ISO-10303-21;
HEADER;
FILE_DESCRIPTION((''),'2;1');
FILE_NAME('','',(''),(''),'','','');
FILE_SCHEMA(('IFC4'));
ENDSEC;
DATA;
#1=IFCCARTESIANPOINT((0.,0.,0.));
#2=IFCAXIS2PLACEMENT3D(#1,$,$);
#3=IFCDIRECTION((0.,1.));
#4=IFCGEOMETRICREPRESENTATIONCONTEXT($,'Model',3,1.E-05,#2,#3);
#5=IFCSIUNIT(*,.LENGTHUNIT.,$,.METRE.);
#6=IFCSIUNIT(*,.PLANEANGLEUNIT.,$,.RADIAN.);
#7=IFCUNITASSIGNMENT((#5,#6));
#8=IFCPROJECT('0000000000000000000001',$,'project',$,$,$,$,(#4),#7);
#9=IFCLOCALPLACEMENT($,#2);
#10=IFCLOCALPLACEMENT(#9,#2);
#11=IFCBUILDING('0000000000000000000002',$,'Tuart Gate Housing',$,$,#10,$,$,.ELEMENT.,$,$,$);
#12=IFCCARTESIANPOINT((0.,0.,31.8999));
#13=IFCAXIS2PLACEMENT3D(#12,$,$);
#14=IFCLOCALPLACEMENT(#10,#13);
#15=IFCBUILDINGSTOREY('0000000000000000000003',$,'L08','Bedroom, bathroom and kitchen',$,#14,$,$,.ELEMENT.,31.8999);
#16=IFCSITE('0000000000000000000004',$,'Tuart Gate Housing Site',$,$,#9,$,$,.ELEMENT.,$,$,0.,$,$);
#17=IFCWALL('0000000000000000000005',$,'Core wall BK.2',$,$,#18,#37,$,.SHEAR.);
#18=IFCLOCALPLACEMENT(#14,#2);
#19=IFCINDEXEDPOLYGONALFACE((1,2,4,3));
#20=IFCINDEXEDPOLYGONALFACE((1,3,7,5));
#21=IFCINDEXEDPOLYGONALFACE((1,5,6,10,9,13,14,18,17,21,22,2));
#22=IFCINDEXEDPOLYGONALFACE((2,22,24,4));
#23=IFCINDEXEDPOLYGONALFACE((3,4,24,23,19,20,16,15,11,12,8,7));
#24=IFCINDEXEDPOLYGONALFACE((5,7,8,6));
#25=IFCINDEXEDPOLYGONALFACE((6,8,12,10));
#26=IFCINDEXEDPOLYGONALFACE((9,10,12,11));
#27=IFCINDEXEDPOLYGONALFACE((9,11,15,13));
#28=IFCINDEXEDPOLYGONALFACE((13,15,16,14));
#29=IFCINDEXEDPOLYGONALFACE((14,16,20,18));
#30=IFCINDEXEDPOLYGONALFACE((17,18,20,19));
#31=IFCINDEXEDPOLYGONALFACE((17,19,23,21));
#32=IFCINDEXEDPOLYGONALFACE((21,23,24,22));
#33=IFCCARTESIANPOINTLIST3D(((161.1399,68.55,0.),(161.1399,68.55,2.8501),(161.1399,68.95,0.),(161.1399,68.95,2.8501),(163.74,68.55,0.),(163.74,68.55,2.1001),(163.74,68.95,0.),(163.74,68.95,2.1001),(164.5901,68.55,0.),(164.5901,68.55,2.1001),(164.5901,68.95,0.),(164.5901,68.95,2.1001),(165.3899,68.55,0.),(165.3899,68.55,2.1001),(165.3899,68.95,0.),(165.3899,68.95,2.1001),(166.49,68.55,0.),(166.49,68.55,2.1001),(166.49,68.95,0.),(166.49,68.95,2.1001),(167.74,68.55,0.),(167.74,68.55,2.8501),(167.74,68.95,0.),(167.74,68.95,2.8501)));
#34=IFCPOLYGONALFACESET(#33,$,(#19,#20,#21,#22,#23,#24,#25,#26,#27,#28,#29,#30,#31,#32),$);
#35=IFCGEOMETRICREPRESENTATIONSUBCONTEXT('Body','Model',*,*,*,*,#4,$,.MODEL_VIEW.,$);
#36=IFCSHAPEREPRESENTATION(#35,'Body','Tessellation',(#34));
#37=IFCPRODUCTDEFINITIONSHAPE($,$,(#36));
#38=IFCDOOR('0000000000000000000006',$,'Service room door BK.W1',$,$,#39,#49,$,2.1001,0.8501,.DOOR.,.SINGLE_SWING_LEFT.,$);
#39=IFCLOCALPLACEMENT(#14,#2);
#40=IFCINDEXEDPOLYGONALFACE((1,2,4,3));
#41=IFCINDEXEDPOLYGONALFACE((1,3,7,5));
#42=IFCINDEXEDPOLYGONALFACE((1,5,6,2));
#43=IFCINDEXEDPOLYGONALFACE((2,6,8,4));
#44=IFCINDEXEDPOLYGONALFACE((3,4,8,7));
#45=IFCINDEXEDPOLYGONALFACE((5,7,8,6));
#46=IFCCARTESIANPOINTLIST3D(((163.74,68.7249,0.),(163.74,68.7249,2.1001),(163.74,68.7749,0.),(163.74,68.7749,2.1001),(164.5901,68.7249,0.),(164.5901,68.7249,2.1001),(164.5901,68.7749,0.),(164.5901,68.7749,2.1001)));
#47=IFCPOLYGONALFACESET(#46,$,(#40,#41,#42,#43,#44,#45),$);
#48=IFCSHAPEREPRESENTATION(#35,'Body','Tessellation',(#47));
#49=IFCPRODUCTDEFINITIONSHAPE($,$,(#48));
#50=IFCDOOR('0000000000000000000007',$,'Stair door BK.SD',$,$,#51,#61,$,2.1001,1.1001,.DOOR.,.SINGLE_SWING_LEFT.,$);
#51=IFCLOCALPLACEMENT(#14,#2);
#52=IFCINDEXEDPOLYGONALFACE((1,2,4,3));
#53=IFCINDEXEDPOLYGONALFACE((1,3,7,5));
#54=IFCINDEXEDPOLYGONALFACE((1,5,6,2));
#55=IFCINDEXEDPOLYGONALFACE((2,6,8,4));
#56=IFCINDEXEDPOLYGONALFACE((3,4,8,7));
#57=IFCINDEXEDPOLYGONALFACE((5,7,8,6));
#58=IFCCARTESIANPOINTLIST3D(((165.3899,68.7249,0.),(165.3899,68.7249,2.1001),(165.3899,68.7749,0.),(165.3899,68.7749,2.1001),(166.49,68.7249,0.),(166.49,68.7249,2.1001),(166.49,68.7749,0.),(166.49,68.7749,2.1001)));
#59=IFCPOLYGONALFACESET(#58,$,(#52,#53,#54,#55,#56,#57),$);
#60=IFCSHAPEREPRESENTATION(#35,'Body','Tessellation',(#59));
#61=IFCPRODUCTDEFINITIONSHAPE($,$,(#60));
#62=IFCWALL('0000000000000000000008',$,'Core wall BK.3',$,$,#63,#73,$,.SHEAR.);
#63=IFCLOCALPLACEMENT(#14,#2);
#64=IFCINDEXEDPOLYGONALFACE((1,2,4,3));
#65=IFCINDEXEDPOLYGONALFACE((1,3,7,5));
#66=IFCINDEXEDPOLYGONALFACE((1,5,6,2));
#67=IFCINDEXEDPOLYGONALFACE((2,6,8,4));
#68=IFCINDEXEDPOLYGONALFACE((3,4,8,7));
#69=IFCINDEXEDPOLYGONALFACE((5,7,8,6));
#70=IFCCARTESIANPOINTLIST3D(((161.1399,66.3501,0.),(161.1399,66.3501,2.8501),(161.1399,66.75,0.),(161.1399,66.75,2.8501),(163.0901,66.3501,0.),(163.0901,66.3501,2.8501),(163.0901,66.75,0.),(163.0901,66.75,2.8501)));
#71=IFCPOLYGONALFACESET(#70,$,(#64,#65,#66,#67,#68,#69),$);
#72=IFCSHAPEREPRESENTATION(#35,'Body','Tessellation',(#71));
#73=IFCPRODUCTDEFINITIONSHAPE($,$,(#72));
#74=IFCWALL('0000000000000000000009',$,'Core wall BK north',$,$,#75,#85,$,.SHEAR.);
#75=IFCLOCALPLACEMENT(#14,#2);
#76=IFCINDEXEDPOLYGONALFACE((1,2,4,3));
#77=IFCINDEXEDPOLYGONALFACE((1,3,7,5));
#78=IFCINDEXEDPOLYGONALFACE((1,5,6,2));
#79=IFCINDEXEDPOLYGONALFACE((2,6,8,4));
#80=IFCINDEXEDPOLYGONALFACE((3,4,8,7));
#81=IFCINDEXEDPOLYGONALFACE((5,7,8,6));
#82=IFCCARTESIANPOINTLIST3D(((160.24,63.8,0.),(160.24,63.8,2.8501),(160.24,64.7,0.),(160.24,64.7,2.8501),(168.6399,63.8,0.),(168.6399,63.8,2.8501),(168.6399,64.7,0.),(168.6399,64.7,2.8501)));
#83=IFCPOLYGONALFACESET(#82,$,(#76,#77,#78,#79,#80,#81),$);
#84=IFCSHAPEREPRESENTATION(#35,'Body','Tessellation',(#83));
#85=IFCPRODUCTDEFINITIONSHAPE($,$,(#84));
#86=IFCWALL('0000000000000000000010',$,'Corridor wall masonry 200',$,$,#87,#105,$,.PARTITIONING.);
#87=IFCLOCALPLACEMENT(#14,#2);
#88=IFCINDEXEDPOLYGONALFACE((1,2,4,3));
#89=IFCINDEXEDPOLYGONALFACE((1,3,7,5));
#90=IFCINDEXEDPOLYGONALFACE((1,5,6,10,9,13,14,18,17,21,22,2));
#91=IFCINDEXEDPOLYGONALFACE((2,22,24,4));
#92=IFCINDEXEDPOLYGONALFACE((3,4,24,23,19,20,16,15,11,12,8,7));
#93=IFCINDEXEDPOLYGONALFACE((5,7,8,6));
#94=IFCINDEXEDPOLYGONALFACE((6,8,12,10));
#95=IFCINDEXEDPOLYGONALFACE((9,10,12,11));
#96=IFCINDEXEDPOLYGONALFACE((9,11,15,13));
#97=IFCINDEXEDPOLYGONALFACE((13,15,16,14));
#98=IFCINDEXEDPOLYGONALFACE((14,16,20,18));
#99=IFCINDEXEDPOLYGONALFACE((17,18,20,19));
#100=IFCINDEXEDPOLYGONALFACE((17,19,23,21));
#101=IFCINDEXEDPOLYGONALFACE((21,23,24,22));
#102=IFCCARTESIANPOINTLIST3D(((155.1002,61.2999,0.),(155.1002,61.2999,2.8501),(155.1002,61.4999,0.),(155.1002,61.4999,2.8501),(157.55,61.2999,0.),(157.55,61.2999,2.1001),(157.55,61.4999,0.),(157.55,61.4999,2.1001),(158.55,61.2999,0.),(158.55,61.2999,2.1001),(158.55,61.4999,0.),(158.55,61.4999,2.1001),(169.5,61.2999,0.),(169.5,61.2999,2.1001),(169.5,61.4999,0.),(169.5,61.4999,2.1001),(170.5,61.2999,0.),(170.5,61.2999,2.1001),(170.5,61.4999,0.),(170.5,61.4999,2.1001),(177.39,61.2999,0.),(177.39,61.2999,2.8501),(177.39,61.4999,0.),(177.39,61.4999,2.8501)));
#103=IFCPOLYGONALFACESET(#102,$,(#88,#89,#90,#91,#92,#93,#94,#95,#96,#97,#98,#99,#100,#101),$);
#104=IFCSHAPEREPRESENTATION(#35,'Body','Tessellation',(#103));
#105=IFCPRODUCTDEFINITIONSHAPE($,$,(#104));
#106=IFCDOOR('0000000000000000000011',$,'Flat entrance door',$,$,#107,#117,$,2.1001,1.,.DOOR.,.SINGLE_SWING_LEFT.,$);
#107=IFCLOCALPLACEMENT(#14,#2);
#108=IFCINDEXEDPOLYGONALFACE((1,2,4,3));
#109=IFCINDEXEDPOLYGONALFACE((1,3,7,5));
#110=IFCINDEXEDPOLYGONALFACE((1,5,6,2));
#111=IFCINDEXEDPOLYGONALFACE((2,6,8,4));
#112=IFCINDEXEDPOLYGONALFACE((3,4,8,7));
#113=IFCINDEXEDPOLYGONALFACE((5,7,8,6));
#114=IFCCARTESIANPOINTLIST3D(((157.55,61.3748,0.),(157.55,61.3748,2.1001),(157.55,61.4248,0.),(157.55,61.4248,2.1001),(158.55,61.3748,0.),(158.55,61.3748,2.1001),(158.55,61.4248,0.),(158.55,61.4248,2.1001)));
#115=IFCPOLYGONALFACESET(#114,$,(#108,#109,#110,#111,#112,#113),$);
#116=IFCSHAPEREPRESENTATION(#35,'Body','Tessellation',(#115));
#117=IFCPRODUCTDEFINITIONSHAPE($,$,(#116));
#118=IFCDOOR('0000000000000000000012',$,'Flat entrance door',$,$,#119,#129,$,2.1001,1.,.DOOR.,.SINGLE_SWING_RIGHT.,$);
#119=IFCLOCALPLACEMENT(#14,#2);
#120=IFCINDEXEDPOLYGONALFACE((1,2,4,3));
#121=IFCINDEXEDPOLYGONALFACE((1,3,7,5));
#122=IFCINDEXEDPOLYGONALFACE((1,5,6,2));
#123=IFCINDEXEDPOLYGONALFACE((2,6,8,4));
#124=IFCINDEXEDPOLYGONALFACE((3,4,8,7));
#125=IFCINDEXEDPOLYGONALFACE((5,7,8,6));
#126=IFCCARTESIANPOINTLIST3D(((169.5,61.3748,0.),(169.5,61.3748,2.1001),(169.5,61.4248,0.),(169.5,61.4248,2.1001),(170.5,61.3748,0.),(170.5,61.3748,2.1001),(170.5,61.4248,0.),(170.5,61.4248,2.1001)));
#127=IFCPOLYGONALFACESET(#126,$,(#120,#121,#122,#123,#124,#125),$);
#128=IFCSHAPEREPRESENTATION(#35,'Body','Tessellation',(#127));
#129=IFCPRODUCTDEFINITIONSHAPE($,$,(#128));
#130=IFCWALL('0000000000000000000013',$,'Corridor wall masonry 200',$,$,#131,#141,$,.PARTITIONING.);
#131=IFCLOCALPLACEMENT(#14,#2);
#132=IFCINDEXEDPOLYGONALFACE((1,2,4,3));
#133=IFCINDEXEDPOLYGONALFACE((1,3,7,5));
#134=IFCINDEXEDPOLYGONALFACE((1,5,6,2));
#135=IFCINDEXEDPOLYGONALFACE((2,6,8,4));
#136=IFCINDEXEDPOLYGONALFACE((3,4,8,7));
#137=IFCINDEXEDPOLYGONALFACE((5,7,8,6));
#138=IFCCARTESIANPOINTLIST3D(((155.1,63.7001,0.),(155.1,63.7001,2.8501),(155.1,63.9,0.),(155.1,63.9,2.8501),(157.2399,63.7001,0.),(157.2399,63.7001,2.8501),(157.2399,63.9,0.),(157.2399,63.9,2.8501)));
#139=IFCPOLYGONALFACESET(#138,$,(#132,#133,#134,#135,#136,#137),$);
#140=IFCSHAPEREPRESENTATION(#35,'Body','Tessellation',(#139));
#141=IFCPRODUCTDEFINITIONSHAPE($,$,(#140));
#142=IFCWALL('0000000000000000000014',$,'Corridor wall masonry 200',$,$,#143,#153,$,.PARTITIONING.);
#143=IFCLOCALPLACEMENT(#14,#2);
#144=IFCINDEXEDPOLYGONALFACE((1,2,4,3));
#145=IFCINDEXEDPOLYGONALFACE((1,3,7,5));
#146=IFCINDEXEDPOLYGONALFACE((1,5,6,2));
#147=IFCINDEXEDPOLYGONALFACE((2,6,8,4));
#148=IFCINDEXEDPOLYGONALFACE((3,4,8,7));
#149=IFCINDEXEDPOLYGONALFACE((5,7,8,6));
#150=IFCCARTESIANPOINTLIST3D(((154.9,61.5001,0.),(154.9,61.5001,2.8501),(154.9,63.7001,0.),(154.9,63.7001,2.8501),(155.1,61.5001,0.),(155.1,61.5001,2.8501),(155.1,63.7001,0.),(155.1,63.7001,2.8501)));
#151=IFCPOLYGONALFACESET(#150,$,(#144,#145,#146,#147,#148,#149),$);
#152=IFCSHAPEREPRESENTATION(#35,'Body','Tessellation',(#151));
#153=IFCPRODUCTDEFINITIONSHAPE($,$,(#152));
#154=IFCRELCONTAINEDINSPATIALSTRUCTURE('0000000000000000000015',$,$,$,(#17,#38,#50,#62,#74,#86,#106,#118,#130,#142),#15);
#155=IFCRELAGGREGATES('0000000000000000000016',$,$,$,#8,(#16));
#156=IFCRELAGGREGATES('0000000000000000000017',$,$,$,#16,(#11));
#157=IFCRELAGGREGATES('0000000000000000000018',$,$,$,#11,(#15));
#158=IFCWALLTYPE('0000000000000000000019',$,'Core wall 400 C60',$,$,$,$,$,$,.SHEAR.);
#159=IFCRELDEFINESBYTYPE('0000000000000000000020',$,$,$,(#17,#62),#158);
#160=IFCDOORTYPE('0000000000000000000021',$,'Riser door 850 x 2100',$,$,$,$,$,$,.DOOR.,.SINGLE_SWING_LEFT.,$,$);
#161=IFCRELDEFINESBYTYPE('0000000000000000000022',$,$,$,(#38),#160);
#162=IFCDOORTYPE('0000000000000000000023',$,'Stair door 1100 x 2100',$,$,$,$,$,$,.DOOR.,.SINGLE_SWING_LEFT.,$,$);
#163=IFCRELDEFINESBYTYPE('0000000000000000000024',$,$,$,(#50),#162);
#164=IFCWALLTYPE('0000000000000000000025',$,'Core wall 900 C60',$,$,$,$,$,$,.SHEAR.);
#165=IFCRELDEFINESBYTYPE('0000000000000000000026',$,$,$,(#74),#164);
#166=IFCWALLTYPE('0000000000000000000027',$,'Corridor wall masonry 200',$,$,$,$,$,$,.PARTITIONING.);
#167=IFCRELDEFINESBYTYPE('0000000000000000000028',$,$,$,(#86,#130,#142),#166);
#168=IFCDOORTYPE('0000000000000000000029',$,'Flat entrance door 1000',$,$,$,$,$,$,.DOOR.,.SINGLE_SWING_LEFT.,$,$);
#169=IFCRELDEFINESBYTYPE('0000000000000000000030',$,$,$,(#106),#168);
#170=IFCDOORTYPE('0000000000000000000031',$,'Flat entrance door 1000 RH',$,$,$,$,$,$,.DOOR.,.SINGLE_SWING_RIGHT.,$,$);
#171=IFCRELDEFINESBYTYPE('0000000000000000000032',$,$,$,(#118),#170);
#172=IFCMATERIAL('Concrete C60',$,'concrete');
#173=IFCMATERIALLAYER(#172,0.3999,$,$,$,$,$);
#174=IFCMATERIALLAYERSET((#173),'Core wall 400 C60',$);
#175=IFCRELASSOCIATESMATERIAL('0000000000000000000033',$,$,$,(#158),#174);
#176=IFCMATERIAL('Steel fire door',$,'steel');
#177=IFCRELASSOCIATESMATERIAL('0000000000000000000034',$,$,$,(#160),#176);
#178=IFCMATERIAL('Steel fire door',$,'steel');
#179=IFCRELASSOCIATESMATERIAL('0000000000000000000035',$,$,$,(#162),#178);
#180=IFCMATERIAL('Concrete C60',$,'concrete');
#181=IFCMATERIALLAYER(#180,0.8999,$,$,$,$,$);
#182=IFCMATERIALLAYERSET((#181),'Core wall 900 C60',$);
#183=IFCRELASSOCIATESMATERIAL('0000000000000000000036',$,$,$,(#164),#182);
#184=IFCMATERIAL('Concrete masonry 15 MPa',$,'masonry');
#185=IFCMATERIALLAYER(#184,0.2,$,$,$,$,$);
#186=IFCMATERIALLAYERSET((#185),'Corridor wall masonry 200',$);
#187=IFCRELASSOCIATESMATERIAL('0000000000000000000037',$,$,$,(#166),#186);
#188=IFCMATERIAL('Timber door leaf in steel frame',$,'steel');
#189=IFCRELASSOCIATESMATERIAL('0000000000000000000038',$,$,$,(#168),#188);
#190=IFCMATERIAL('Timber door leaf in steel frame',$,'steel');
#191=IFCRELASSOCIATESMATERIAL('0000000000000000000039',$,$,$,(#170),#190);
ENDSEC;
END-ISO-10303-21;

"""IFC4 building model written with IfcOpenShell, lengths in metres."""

from ifc_helpers import new_model, si_unit, direction, frame, frame_2d, origin, place, context, subcontext, project, spatial, rectangle, extrude, material, layer, layer_set, type_object, element, fill, save


model = new_model("IFC4")

# Units and contexts
model_context = context("Model", 3, precision=1e-05, world=origin(), true_north=direction((0.0, 1.0)))
body_context = subcontext(model_context, "Body", "Model", "MODEL_VIEW")
ifc_project = project(units=[si_unit("LENGTHUNIT", "METRE"), si_unit("PLANEANGLEUNIT", "RADIAN")], contexts=[model_context])

# Site, building, storey
site_placement = place(None, origin())
site = spatial("IfcSite", under=ifc_project, at=site_placement, Name="Tuart Gate Housing Site", CompositionType="ELEMENT", RefElevation=0.0)
building_placement = place(site_placement, origin())
building = spatial("IfcBuilding", under=site, at=building_placement, Name="Tuart Gate Housing", CompositionType="ELEMENT")
storey_placement = place(building_placement, frame((0.0, 0.0, 31.8999)))
storey = spatial("IfcBuildingStorey", under=building, at=storey_placement, Name="L08", Description="Bedroom, bathroom and kitchen", CompositionType="ELEMENT", Elevation=31.8999)

# Wall, openings, doors
ifc_material_1 = material(Name="Concrete C60", Category="concrete")
ifc_layer_1 = layer(ifc_material_1, 0.3999)
ifc_layer_set_1 = layer_set([ifc_layer_1], Name="Core wall 400 C60")
wall_type_1 = type_object("IfcWallType", Name="Core wall 400 C60", PredefinedType="SHEAR", material=ifc_layer_set_1)
wall_1_placement = place(storey_placement, frame((161.1399, 68.75, 0.0), z_axis=(0.0, 0.0, 1.0), x_axis=(1.0, 0.0, 0.0)))
wall_1 = element("IfcWall", 1, at=wall_1_placement, inside=storey, type_object=wall_type_1, Name="Core wall BK.2", PredefinedType="SHEAR", context=body_context, shape_type="SweptSolid", body=[
    extrude(rectangle(XDim=6.6001, YDim=0.3999, at=frame_2d((3.3, 0.0))), origin(), (0.0, 0.0, 1.0), 2.8501),
])
opening_1_placement = place(wall_1_placement, frame((4.25, 0.0, 0.0)))
opening_1 = element("IfcOpeningElement", 2, at=opening_1_placement, cuts=wall_1, PredefinedType="OPENING", context=body_context, shape_type="SweptSolid", body=[
    extrude(rectangle(XDim=1.1001, YDim=2.1001, at=frame_2d((0.55, 1.05))), frame((0.0, 0.21, 0.0), z_axis=(0.0, -1.0, 0.0), x_axis=(1.0, 0.0, 0.0)), (0.0, 0.0, 1.0), 0.4199),
])
opening_2_placement = place(wall_1_placement, frame((2.6001, 0.0, 0.0)))
opening_2 = element("IfcOpeningElement", 3, at=opening_2_placement, cuts=wall_1, PredefinedType="OPENING", context=body_context, shape_type="SweptSolid", body=[
    extrude(rectangle(XDim=0.8501, YDim=2.1001, at=frame_2d((0.425, 1.05))), frame((0.0, 0.21, 0.0), z_axis=(0.0, -1.0, 0.0), x_axis=(1.0, 0.0, 0.0)), (0.0, 0.0, 1.0), 0.4199),
])
ifc_material_2 = material(Name="Steel fire door", Category="steel")
door_type_1 = type_object("IfcDoorType", Name="Riser door 850 x 2100", OperationType="SINGLE_SWING_LEFT", PredefinedType="DOOR", material=ifc_material_2)
door_1_placement = place(opening_2_placement, origin())
door_1 = element("IfcDoor", 4, at=door_1_placement, inside=storey, type_object=door_type_1, Name="Service room door BK.W1", OperationType="SINGLE_SWING_LEFT", OverallHeight=2.1001, OverallWidth=0.8501, PredefinedType="DOOR", context=body_context, shape_type="SweptSolid", body=[
    extrude(rectangle(XDim=0.8501, YDim=2.1001, at=frame_2d((0.425, 1.05))), frame((0.0, 0.0249, 0.0), z_axis=(0.0, -1.0, 0.0), x_axis=(1.0, 0.0, 0.0)), (0.0, 0.0, 1.0), 0.05),
])
fill(opening_2, door_1)
ifc_material_3 = material(Name="Steel fire door", Category="steel")
door_type_2 = type_object("IfcDoorType", Name="Stair door 1100 x 2100", OperationType="SINGLE_SWING_LEFT", PredefinedType="DOOR", material=ifc_material_3)
door_2_placement = place(opening_1_placement, origin())
door_2 = element("IfcDoor", 5, at=door_2_placement, inside=storey, type_object=door_type_2, Name="Stair door BK.SD", OperationType="SINGLE_SWING_LEFT", OverallHeight=2.1001, OverallWidth=1.1001, PredefinedType="DOOR", context=body_context, shape_type="SweptSolid", body=[
    extrude(rectangle(XDim=1.1001, YDim=2.1001, at=frame_2d((0.55, 1.05))), frame((0.0, 0.0249, 0.0), z_axis=(0.0, -1.0, 0.0), x_axis=(1.0, 0.0, 0.0)), (0.0, 0.0, 1.0), 0.05),
])
fill(opening_1, door_2)

# Walls
wall_2_placement = place(storey_placement, frame((161.1399, 66.55, 0.0), z_axis=(0.0, 0.0, 1.0), x_axis=(1.0, 0.0, 0.0)))
element("IfcWall", 6, at=wall_2_placement, inside=storey, type_object=wall_type_1, Name="Core wall BK.3", PredefinedType="SHEAR", context=body_context, shape_type="SweptSolid", body=[
    extrude(rectangle(XDim=1.9502, YDim=0.3999, at=frame_2d((0.9751, 0.0))), origin(), (0.0, 0.0, 1.0), 2.8501),
])
ifc_material_4 = material(Name="Concrete C60", Category="concrete")
ifc_layer_2 = layer(ifc_material_4, 0.8999)
ifc_layer_set_2 = layer_set([ifc_layer_2], Name="Core wall 900 C60")
wall_type_2 = type_object("IfcWallType", Name="Core wall 900 C60", PredefinedType="SHEAR", material=ifc_layer_set_2)
wall_3_placement = place(storey_placement, frame((160.24, 64.25, 0.0), z_axis=(0.0, 0.0, 1.0), x_axis=(1.0, 0.0, 0.0)))
element("IfcWall", 7, at=wall_3_placement, inside=storey, type_object=wall_type_2, Name="Core wall BK north", PredefinedType="SHEAR", context=body_context, shape_type="SweptSolid", body=[
    extrude(rectangle(XDim=8.3999, YDim=0.8999, at=frame_2d((4.2, 0.0))), origin(), (0.0, 0.0, 1.0), 2.8501),
])

# Wall, openings, doors
ifc_material_5 = material(Name="Concrete masonry 15 MPa", Category="masonry")
ifc_layer_3 = layer(ifc_material_5, 0.2)
ifc_layer_set_3 = layer_set([ifc_layer_3], Name="Corridor wall masonry 200")
wall_type_3 = type_object("IfcWallType", Name="Corridor wall masonry 200", PredefinedType="PARTITIONING", material=ifc_layer_set_3)
wall_4_placement = place(storey_placement, frame((155.1001, 61.3999, 0.0), z_axis=(0.0, 0.0, 1.0), x_axis=(1.0, 0.0, 0.0)))
wall_4 = element("IfcWall", 8, at=wall_4_placement, inside=storey, type_object=wall_type_3, Name="Corridor wall masonry 200", PredefinedType="PARTITIONING", context=body_context, shape_type="SweptSolid", body=[
    extrude(rectangle(XDim=22.2898, YDim=0.2, at=frame_2d((11.145, 0.0))), origin(), (0.0, 0.0, 1.0), 2.8501),
])
opening_3_placement = place(wall_4_placement, frame((2.45, 0.0, 0.0)))
opening_3 = element("IfcOpeningElement", 9, at=opening_3_placement, cuts=wall_4, PredefinedType="OPENING", context=body_context, shape_type="SweptSolid", body=[
    extrude(rectangle(XDim=1.0, YDim=2.1001, at=frame_2d((0.5, 1.05))), frame((0.0, 0.1099, 0.0), z_axis=(0.0, -1.0, 0.0), x_axis=(1.0, 0.0, 0.0)), (0.0, 0.0, 1.0), 0.22),
])
opening_4_placement = place(wall_4_placement, frame((14.3999, 0.0, 0.0)))
opening_4 = element("IfcOpeningElement", 10, at=opening_4_placement, cuts=wall_4, PredefinedType="OPENING", context=body_context, shape_type="SweptSolid", body=[
    extrude(rectangle(XDim=1.0, YDim=2.1001, at=frame_2d((0.5, 1.05))), frame((0.0, 0.1099, 0.0), z_axis=(0.0, -1.0, 0.0), x_axis=(1.0, 0.0, 0.0)), (0.0, 0.0, 1.0), 0.22),
])
ifc_material_6 = material(Name="Timber door leaf in steel frame", Category="steel")
door_type_3 = type_object("IfcDoorType", Name="Flat entrance door 1000", OperationType="SINGLE_SWING_LEFT", PredefinedType="DOOR", material=ifc_material_6)
door_3_placement = place(opening_3_placement, frame((1.0, 0.0, 0.0), z_axis=(0.0, 0.0, 1.0), x_axis=(-1.0, 0.0, 0.0)))
door_3 = element("IfcDoor", 11, at=door_3_placement, inside=storey, type_object=door_type_3, Name="Flat entrance door", OperationType="SINGLE_SWING_LEFT", OverallHeight=2.1001, OverallWidth=1.0, PredefinedType="DOOR", context=body_context, shape_type="SweptSolid", body=[
    extrude(rectangle(XDim=1.0, YDim=2.1001, at=frame_2d((0.5, 1.05))), frame((0.0, 0.0251, 0.0), z_axis=(0.0, -1.0, 0.0), x_axis=(1.0, 0.0, 0.0)), (0.0, 0.0, 1.0), 0.05),
])
fill(opening_3, door_3)
ifc_material_7 = material(Name="Timber door leaf in steel frame", Category="steel")
door_type_4 = type_object("IfcDoorType", Name="Flat entrance door 1000 RH", OperationType="SINGLE_SWING_RIGHT", PredefinedType="DOOR", material=ifc_material_7)
door_4_placement = place(opening_4_placement, frame((1.0, 0.0, 0.0), z_axis=(0.0, 0.0, 1.0), x_axis=(-1.0, 0.0, 0.0)))
door_4 = element("IfcDoor", 12, at=door_4_placement, inside=storey, type_object=door_type_4, Name="Flat entrance door", OperationType="SINGLE_SWING_RIGHT", OverallHeight=2.1001, OverallWidth=1.0, PredefinedType="DOOR", context=body_context, shape_type="SweptSolid", body=[
    extrude(rectangle(XDim=1.0, YDim=2.1001, at=frame_2d((0.5, 1.05))), frame((0.0, 0.0251, 0.0), z_axis=(0.0, -1.0, 0.0), x_axis=(1.0, 0.0, 0.0)), (0.0, 0.0, 1.0), 0.05),
])
fill(opening_4, door_4)

# Walls
wall_5_placement = place(storey_placement, frame((155.1001, 63.8, 0.0), z_axis=(0.0, 0.0, 1.0), x_axis=(1.0, 0.0, 0.0)))
element("IfcWall", 13, at=wall_5_placement, inside=storey, type_object=wall_type_3, Name="Corridor wall masonry 200", PredefinedType="PARTITIONING", context=body_context, shape_type="SweptSolid", body=[
    extrude(rectangle(XDim=2.1399, YDim=0.2, at=frame_2d((1.0698, 0.0))), origin(), (0.0, 0.0, 1.0), 2.8501),
])
wall_6_placement = place(storey_placement, frame((155.0, 61.5, 0.0), z_axis=(0.0, 0.0, 1.0), x_axis=(0.0, 1.0, 0.0)))
element("IfcWall", 14, at=wall_6_placement, inside=storey, type_object=wall_type_3, Name="Corridor wall masonry 200", PredefinedType="PARTITIONING", context=body_context, shape_type="SweptSolid", body=[
    extrude(rectangle(XDim=2.2, YDim=0.2, at=frame_2d((1.1001, 0.0))), origin(), (0.0, 0.0, 1.0), 2.8501),
])

save(model, "model.ifc")
